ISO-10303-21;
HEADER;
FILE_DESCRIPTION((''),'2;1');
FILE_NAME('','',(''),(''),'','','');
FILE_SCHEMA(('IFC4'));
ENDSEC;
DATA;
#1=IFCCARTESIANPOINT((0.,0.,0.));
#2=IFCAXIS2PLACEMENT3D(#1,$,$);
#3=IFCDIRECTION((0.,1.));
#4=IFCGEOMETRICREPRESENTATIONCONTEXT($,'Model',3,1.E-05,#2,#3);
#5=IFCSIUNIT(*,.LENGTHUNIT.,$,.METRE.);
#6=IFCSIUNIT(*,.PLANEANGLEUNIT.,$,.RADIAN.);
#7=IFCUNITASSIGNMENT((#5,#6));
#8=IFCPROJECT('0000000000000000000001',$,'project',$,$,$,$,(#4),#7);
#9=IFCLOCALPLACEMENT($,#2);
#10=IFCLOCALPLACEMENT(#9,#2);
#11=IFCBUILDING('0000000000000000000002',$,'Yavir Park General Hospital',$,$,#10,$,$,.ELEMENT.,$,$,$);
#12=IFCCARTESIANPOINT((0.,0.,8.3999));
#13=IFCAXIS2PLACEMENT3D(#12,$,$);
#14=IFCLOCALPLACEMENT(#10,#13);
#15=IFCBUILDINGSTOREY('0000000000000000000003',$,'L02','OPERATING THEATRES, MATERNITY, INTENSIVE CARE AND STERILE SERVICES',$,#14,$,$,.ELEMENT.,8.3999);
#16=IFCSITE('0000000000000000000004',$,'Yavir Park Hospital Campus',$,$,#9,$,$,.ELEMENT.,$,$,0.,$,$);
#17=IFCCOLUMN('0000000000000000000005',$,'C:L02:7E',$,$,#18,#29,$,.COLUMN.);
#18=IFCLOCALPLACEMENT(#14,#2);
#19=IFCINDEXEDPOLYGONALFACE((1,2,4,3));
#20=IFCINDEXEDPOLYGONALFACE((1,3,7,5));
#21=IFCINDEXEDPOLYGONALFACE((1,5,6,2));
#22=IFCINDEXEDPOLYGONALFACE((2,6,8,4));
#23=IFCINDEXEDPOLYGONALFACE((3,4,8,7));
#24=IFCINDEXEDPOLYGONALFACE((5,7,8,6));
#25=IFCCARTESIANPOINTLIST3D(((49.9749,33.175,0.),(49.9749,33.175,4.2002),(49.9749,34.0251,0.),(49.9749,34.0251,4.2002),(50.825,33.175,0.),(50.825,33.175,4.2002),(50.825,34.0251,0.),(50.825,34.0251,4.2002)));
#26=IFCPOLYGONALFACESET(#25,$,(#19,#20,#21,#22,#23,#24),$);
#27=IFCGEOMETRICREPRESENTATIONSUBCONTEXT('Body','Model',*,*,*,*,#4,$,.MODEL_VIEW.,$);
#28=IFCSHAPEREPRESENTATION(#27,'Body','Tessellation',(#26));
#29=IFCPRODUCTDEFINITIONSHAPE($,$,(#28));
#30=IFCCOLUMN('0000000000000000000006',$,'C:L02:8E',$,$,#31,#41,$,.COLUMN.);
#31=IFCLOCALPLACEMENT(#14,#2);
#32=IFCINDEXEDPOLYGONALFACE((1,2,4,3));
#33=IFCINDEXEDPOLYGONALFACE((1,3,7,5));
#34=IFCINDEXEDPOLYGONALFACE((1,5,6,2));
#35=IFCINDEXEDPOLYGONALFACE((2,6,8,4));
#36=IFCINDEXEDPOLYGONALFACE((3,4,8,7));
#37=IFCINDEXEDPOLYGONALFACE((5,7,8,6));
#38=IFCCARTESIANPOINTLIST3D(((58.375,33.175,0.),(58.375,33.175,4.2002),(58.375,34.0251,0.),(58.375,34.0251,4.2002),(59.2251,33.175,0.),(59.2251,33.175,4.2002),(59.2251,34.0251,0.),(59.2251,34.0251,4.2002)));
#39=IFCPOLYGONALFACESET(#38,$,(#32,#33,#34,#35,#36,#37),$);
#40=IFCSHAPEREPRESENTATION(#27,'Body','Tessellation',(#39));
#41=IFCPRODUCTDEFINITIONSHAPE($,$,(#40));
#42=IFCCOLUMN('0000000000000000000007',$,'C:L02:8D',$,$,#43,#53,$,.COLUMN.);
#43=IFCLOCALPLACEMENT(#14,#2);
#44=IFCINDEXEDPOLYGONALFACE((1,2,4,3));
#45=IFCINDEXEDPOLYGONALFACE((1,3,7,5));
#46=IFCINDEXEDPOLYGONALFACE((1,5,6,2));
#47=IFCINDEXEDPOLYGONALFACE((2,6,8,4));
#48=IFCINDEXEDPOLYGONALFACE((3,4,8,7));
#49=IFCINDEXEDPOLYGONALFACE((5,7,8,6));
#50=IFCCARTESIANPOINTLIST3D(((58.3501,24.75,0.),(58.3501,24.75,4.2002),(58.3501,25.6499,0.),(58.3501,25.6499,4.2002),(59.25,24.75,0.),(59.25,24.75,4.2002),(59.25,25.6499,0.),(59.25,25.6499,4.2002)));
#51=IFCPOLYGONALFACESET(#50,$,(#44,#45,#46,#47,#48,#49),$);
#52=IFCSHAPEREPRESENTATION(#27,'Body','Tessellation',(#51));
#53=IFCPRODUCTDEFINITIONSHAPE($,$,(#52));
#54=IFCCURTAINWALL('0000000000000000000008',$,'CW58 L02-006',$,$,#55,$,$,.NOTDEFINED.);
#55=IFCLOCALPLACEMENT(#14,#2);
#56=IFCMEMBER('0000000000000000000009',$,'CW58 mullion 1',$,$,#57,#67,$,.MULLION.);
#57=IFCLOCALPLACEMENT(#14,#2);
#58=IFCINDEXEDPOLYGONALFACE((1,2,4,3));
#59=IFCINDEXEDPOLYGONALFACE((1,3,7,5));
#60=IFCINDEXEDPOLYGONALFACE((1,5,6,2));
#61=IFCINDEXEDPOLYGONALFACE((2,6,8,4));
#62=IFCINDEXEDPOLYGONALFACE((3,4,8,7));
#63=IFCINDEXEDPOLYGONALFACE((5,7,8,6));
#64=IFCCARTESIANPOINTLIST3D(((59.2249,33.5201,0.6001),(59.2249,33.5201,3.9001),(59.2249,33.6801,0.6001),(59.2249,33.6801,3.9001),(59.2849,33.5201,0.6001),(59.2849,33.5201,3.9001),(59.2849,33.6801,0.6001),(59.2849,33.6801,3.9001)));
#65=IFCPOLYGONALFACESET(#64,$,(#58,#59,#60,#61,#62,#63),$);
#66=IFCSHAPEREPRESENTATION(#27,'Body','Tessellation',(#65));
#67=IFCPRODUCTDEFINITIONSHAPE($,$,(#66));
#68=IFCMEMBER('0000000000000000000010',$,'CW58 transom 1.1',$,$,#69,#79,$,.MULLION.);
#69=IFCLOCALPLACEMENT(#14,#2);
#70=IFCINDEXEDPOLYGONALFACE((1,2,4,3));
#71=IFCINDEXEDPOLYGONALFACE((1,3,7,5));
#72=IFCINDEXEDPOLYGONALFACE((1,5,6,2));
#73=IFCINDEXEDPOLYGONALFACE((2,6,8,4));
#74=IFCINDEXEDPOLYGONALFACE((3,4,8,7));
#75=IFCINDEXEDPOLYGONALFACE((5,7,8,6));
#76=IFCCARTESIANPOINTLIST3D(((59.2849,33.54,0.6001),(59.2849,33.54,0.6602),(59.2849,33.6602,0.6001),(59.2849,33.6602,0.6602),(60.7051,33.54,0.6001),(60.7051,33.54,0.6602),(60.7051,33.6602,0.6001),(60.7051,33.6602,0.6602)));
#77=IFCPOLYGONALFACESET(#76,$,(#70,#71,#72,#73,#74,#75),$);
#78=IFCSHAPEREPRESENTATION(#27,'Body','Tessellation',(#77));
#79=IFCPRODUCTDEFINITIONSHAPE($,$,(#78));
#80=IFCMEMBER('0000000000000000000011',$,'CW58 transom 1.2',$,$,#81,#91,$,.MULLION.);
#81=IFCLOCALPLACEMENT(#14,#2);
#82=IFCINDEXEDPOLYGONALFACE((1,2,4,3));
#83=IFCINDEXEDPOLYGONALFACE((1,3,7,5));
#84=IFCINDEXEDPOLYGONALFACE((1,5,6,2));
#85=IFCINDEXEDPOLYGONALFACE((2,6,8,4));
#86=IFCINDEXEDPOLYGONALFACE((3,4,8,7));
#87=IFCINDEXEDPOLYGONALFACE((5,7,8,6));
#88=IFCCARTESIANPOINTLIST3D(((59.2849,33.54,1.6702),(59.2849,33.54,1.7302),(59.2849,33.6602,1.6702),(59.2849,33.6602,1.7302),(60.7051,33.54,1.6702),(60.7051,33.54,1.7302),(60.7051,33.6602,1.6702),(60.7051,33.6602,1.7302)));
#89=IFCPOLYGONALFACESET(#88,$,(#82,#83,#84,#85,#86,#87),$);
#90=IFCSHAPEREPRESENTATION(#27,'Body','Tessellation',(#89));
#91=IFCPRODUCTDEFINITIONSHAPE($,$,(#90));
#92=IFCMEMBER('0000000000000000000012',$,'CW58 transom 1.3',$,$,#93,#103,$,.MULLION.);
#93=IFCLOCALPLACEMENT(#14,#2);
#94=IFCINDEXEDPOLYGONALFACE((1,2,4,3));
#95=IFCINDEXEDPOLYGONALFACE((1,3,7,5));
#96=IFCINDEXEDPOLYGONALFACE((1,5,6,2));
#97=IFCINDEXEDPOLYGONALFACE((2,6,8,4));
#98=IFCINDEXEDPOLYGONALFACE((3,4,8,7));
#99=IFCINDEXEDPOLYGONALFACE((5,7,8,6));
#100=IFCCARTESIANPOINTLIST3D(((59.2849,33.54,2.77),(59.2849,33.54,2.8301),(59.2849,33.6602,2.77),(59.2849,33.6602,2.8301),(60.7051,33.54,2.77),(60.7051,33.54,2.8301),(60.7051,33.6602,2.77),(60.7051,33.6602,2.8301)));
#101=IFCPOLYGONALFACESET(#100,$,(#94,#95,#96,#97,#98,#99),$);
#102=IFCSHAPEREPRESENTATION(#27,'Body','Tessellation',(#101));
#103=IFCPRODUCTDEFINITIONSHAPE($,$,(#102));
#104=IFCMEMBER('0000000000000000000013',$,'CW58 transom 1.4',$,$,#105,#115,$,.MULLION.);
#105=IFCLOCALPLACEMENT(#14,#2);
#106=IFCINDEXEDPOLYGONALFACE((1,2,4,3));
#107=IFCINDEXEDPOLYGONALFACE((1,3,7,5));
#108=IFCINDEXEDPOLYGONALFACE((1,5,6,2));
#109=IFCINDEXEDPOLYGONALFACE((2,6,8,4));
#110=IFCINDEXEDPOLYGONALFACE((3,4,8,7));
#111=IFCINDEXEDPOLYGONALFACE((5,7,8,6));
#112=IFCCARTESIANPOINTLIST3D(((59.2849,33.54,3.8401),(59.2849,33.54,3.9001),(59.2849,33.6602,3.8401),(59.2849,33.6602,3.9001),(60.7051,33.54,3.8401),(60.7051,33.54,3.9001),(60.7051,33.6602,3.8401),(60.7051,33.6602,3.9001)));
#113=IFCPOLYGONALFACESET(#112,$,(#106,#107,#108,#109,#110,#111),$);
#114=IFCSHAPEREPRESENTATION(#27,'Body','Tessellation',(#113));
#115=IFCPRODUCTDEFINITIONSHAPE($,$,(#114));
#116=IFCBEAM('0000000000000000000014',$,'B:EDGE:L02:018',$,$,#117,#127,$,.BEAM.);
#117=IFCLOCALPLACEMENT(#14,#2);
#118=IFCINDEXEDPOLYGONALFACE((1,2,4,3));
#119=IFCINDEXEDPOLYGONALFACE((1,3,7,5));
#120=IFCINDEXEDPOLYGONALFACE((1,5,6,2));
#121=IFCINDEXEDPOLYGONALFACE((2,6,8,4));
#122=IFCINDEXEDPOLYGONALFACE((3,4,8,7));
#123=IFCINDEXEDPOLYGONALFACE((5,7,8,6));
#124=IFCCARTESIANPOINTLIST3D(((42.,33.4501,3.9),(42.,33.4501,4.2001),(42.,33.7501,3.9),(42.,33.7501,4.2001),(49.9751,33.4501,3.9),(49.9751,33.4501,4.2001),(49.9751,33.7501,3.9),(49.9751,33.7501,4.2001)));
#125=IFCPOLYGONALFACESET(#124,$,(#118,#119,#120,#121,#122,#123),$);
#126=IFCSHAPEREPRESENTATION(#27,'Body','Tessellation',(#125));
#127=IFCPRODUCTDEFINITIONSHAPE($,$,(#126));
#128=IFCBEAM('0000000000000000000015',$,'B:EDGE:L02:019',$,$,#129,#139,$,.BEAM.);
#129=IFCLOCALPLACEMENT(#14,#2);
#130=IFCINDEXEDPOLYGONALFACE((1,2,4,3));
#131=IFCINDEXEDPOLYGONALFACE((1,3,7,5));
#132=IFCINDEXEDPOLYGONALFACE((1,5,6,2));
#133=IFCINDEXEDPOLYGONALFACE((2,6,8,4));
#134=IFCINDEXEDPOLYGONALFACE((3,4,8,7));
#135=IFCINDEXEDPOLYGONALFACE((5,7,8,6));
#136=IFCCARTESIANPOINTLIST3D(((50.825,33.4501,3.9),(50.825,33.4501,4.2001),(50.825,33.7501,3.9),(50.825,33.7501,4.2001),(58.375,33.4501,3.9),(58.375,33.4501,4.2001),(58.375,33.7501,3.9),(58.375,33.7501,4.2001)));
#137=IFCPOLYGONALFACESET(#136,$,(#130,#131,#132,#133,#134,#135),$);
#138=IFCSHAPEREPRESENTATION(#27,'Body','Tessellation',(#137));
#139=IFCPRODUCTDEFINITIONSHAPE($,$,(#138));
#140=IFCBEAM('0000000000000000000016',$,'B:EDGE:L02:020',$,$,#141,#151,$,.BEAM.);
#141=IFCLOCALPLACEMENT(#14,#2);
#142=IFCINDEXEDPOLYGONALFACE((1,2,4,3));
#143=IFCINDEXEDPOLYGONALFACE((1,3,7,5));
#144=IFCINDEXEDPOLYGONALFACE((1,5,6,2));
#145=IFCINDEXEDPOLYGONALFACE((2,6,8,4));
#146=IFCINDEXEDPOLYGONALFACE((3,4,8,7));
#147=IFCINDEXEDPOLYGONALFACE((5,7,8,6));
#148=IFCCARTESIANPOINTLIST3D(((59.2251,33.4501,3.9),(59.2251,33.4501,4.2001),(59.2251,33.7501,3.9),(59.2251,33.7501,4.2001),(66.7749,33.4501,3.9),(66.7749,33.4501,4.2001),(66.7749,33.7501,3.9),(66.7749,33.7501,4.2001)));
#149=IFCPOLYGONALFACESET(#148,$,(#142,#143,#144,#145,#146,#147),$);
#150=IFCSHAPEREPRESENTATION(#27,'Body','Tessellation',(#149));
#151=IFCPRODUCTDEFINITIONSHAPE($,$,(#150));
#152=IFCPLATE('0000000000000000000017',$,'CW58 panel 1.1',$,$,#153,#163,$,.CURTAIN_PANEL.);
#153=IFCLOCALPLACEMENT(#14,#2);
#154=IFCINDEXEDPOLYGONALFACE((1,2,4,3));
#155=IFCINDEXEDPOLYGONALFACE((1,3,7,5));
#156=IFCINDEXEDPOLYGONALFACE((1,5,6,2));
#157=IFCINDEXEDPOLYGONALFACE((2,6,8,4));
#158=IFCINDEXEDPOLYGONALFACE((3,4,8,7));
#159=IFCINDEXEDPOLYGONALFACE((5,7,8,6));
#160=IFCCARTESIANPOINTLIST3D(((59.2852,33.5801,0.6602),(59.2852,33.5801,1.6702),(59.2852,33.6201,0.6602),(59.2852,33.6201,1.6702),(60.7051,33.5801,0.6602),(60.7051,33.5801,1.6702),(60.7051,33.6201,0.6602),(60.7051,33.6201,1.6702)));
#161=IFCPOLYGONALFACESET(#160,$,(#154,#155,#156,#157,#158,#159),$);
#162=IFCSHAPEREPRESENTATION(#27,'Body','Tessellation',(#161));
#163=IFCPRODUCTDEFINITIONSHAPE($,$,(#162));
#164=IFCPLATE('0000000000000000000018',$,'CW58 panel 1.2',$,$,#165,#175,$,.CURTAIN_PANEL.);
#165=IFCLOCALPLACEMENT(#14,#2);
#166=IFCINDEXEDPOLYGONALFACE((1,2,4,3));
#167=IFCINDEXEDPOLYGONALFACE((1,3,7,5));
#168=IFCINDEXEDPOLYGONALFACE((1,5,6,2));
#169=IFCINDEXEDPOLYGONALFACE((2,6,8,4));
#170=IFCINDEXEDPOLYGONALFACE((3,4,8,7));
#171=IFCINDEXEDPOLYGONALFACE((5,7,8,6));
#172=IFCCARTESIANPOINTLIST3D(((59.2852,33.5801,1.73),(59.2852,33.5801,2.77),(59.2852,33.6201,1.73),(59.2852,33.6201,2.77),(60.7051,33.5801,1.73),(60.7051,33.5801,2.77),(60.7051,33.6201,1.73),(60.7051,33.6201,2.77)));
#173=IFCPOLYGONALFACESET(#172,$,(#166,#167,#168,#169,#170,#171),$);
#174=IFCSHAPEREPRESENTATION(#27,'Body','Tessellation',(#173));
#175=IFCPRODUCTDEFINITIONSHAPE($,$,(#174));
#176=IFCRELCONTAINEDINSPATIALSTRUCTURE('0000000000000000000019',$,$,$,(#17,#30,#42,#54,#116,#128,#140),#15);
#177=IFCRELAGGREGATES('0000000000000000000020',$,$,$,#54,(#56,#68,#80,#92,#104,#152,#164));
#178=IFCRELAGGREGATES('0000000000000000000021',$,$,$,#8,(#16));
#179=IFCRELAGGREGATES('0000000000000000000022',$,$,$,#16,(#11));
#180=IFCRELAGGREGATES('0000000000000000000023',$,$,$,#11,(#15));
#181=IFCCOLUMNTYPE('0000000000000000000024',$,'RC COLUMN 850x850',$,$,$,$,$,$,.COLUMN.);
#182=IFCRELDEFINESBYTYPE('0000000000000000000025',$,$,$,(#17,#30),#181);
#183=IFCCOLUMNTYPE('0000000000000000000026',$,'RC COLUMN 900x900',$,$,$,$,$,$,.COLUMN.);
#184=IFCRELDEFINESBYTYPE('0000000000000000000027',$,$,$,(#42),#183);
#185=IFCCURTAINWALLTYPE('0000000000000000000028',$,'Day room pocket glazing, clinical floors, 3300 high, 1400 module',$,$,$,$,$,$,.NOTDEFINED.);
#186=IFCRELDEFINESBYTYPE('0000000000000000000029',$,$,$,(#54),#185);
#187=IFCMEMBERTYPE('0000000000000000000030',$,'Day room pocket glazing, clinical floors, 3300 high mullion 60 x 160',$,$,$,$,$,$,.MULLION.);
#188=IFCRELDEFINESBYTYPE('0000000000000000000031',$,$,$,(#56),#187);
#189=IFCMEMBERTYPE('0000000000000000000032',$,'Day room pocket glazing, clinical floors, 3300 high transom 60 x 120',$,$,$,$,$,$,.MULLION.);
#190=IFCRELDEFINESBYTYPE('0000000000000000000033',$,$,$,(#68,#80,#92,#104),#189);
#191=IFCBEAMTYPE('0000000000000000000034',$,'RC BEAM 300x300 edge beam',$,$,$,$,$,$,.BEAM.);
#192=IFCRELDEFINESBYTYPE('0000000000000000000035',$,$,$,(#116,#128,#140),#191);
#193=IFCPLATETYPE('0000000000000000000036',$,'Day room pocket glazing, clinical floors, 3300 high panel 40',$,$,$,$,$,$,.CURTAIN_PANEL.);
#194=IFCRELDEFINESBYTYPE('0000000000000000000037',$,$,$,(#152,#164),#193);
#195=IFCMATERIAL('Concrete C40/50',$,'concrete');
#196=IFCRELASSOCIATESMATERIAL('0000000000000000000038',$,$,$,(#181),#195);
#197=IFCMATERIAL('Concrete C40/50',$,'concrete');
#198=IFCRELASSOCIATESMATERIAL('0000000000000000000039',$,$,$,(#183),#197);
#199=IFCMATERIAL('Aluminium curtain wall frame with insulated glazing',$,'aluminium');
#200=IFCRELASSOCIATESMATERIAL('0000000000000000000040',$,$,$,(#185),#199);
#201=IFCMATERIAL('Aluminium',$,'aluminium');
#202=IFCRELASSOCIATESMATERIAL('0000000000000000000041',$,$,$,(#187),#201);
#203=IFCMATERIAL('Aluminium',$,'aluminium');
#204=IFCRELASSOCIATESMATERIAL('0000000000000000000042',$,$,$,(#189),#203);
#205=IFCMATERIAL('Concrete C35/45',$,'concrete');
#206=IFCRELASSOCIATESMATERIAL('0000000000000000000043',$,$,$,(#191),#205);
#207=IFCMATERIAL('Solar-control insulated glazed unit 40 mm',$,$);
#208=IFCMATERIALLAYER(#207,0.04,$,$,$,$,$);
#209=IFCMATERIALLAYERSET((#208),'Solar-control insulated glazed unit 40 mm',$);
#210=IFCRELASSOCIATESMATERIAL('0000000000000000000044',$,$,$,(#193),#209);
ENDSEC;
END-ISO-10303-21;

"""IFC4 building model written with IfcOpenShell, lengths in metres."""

from ifc_helpers import new_model, si_unit, direction, frame, origin, origin_2d, place, context, subcontext, project, spatial, rectangle, extrude, material, layer, layer_set, material_profile, profile_set, type_object, element, aggregate, save


model = new_model("IFC4")

# Units and contexts
model_context = context("Model", 3, precision=1e-05, world=origin(), true_north=direction((0.0, 1.0)))
body_context = subcontext(model_context, "Body", "Model", "MODEL_VIEW")
ifc_project = project(units=[si_unit("LENGTHUNIT", "METRE"), si_unit("PLANEANGLEUNIT", "RADIAN")], contexts=[model_context])

# Site, building, storey
site_placement = place(None, origin())
site = spatial("IfcSite", under=ifc_project, at=site_placement, Name="Yavir Park Hospital Campus", CompositionType="ELEMENT", RefElevation=0.0)
building_placement = place(site_placement, origin())
building = spatial("IfcBuilding", under=site, at=building_placement, Name="Yavir Park General Hospital", CompositionType="ELEMENT")
storey_placement = place(building_placement, frame((0.0, 0.0, 8.3999)))
storey = spatial("IfcBuildingStorey", under=building, at=storey_placement, Name="L02", Description="OPERATING THEATRES, MATERNITY, INTENSIVE CARE AND STERILE SERVICES", CompositionType="ELEMENT", Elevation=8.3999)

# Columns
ifc_material_1 = material(Name="Concrete C40/50", Category="concrete")
ifc_material_profile_1 = material_profile(ifc_material_1, rectangle(XDim=0.8501, YDim=0.8501, at=origin_2d()), Name="RC850x850")
ifc_profile_set_1 = profile_set([ifc_material_profile_1], Name="Concrete C40/50")
column_type_1 = type_object("IfcColumnType", Name="RC COLUMN 850x850", PredefinedType="COLUMN", material=ifc_profile_set_1)
for number, where, z_axis, x_axis, name in (
    (1, (50.3999, 33.6001, 0.0), (0.0, 0.0, 1.0), (1.0, 0.0, 0.0), "C:L02:7E"),
    (2, (58.8, 33.6001, 0.0), (0.0, 0.0, 1.0), (1.0, 0.0, 0.0), "C:L02:8E"),
):
    element("IfcColumn", number, at=place(storey_placement, frame(where, z_axis=z_axis, x_axis=x_axis)), inside=storey, type_object=column_type_1, Name=name, PredefinedType="COLUMN", context=body_context, shape_type="SweptSolid", body=[
        extrude(rectangle(XDim=0.8501, YDim=0.8501, at=origin_2d()), origin(), (0.0, 0.0, 1.0), 4.2002),
    ])
ifc_material_2 = material(Name="Concrete C40/50", Category="concrete")
ifc_material_profile_2 = material_profile(ifc_material_2, rectangle(XDim=0.8999, YDim=0.8999, at=origin_2d()), Name="RC900x900")
ifc_profile_set_2 = profile_set([ifc_material_profile_2], Name="Concrete C40/50")
column_type_2 = type_object("IfcColumnType", Name="RC COLUMN 900x900", PredefinedType="COLUMN", material=ifc_profile_set_2)
column_placement = place(storey_placement, frame((58.8, 25.2, 0.0), z_axis=(0.0, 0.0, 1.0), x_axis=(1.0, 0.0, 0.0)))
element("IfcColumn", 3, at=column_placement, inside=storey, type_object=column_type_2, Name="C:L02:8D", PredefinedType="COLUMN", context=body_context, shape_type="SweptSolid", body=[
    extrude(rectangle(XDim=0.8999, YDim=0.8999, at=origin_2d()), origin(), (0.0, 0.0, 1.0), 4.2002),
])

# Curtain wall, members
ifc_material_3 = material(Name="Aluminium curtain wall frame with insulated glazing", Category="aluminium")
curtain_wall_type = type_object("IfcCurtainWallType", Name="Day room pocket glazing, clinical floors, 3300 high, 1400 module", PredefinedType="NOTDEFINED", material=ifc_material_3)
curtain_wall_placement = place(storey_placement, origin())
curtain_wall = element("IfcCurtainWall", 4, at=curtain_wall_placement, inside=storey, type_object=curtain_wall_type, Name="CW58 L02-006", PredefinedType="NOTDEFINED")
ifc_material_4 = material(Name="Aluminium", Category="aluminium")
ifc_material_profile_3 = material_profile(ifc_material_4, rectangle(XDim=0.1599, YDim=0.0601, at=origin_2d()), Name="AL 60x160")
ifc_profile_set_3 = profile_set([ifc_material_profile_3], Name="Aluminium")
member_type_1 = type_object("IfcMemberType", Name="Day room pocket glazing, clinical floors, 3300 high mullion 60 x 160", PredefinedType="MULLION", material=ifc_profile_set_3)
member_1_placement = place(storey_placement, frame((59.2549, 33.6001, 0.6001), z_axis=(0.0, 0.0, 1.0), x_axis=(0.0, 1.0, 0.0)))
member_1 = element("IfcMember", 5, at=member_1_placement, type_object=member_type_1, Name="CW58 mullion 1", PredefinedType="MULLION", context=body_context, shape_type="SweptSolid", body=[
    extrude(rectangle(XDim=0.1599, YDim=0.0601, at=origin_2d()), origin(), (0.0, 0.0, 1.0), 3.3),
])
ifc_material_5 = material(Name="Aluminium", Category="aluminium")
ifc_material_profile_4 = material_profile(ifc_material_5, rectangle(XDim=0.1201, YDim=0.0601, at=origin_2d()), Name="AL 120x60")
ifc_profile_set_4 = profile_set([ifc_material_profile_4], Name="Aluminium")
member_type_2 = type_object("IfcMemberType", Name="Day room pocket glazing, clinical floors, 3300 high transom 60 x 120", PredefinedType="MULLION", material=ifc_profile_set_4)
member_2_placement = place(storey_placement, frame((59.2849, 33.6001, 0.6301), z_axis=(1.0, 0.0, 0.0), x_axis=(0.0, 1.0, 0.0)))
member_2 = element("IfcMember", 6, at=member_2_placement, type_object=member_type_2, Name="CW58 transom 1.1", PredefinedType="MULLION", context=body_context, shape_type="SweptSolid", body=[
    extrude(rectangle(XDim=0.1201, YDim=0.0601, at=origin_2d()), origin(), (0.0, 0.0, 1.0), 1.4202),
])
member_3_placement = place(storey_placement, frame((59.2849, 33.6001, 1.7002), z_axis=(1.0, 0.0, 0.0), x_axis=(0.0, 1.0, 0.0)))
member_3 = element("IfcMember", 7, at=member_3_placement, type_object=member_type_2, Name="CW58 transom 1.2", PredefinedType="MULLION", context=body_context, shape_type="SweptSolid", body=[
    extrude(rectangle(XDim=0.1201, YDim=0.0601, at=origin_2d()), origin(), (0.0, 0.0, 1.0), 1.4202),
])
member_4_placement = place(storey_placement, frame((59.2849, 33.6001, 2.8), z_axis=(1.0, 0.0, 0.0), x_axis=(0.0, 1.0, 0.0)))
member_4 = element("IfcMember", 8, at=member_4_placement, type_object=member_type_2, Name="CW58 transom 1.3", PredefinedType="MULLION", context=body_context, shape_type="SweptSolid", body=[
    extrude(rectangle(XDim=0.1201, YDim=0.0601, at=origin_2d()), origin(), (0.0, 0.0, 1.0), 1.4202),
])
member_5_placement = place(storey_placement, frame((59.2849, 33.6001, 3.8701), z_axis=(1.0, 0.0, 0.0), x_axis=(0.0, 1.0, 0.0)))
member_5 = element("IfcMember", 9, at=member_5_placement, type_object=member_type_2, Name="CW58 transom 1.4", PredefinedType="MULLION", context=body_context, shape_type="SweptSolid", body=[
    extrude(rectangle(XDim=0.1201, YDim=0.0601, at=origin_2d()), origin(), (0.0, 0.0, 1.0), 1.4202),
])

# Beams
ifc_material_6 = material(Name="Concrete C35/45", Category="concrete")
ifc_material_profile_5 = material_profile(ifc_material_6, rectangle(XDim=0.3, YDim=0.3, at=origin_2d()), Name="RC300x300")
ifc_profile_set_5 = profile_set([ifc_material_profile_5], Name="Concrete C35/45")
beam_type = type_object("IfcBeamType", Name="RC BEAM 300x300 edge beam", PredefinedType="BEAM", material=ifc_profile_set_5)
beam_1_placement = place(storey_placement, frame((42.0, 33.6001, 4.05), z_axis=(1.0, 0.0, 0.0), x_axis=(0.0, 1.0, 0.0)))
element("IfcBeam", 10, at=beam_1_placement, inside=storey, type_object=beam_type, Name="B:EDGE:L02:018", PredefinedType="BEAM", context=body_context, shape_type="SweptSolid", body=[
    extrude(rectangle(XDim=0.3, YDim=0.3, at=origin_2d()), origin(), (0.0, 0.0, 1.0), 7.9751),
])
beam_2_placement = place(storey_placement, frame((50.825, 33.6001, 4.05), z_axis=(1.0, 0.0, 0.0), x_axis=(0.0, 1.0, 0.0)))
element("IfcBeam", 11, at=beam_2_placement, inside=storey, type_object=beam_type, Name="B:EDGE:L02:019", PredefinedType="BEAM", context=body_context, shape_type="SweptSolid", body=[
    extrude(rectangle(XDim=0.3, YDim=0.3, at=origin_2d()), origin(), (0.0, 0.0, 1.0), 7.55),
])
beam_3_placement = place(storey_placement, frame((59.2251, 33.6001, 4.05), z_axis=(1.0, 0.0, 0.0), x_axis=(0.0, 1.0, 0.0)))
element("IfcBeam", 12, at=beam_3_placement, inside=storey, type_object=beam_type, Name="B:EDGE:L02:020", PredefinedType="BEAM", context=body_context, shape_type="SweptSolid", body=[
    extrude(rectangle(XDim=0.3, YDim=0.3, at=origin_2d()), origin(), (0.0, 0.0, 1.0), 7.5498),
])

# Plates
ifc_material_7 = material(Name="Solar-control insulated glazed unit 40 mm")
ifc_layer_1 = layer(ifc_material_7, 0.04)
ifc_layer_set_1 = layer_set([ifc_layer_1], Name="Solar-control insulated glazed unit 40 mm")
plate_type = type_object("IfcPlateType", Name="Day room pocket glazing, clinical floors, 3300 high panel 40", PredefinedType="CURTAIN_PANEL", material=ifc_layer_set_1)
plate_1_placement = place(storey_placement, frame((59.9951, 33.6001, 0.6602), z_axis=(0.0, 0.0, 1.0), x_axis=(1.0, 0.0, 0.0)))
plate_1 = element("IfcPlate", 13, at=plate_1_placement, type_object=plate_type, Name="CW58 panel 1.1", PredefinedType="CURTAIN_PANEL", context=body_context, shape_type="SweptSolid", body=[
    extrude(rectangle(XDim=1.4199, YDim=0.04, at=origin_2d()), origin(), (0.0, 0.0, 1.0), 1.01),
])
plate_2_placement = place(storey_placement, frame((59.9951, 33.6001, 1.73), z_axis=(0.0, 0.0, 1.0), x_axis=(1.0, 0.0, 0.0)))
plate_2 = element("IfcPlate", 14, at=plate_2_placement, type_object=plate_type, Name="CW58 panel 1.2", PredefinedType="CURTAIN_PANEL", context=body_context, shape_type="SweptSolid", body=[
    extrude(rectangle(XDim=1.4199, YDim=0.04, at=origin_2d()), origin(), (0.0, 0.0, 1.0), 1.04),
])
aggregate(curtain_wall, [member_1, member_2, member_3, member_4, member_5, plate_1, plate_2])

save(model, "model.ifc")
